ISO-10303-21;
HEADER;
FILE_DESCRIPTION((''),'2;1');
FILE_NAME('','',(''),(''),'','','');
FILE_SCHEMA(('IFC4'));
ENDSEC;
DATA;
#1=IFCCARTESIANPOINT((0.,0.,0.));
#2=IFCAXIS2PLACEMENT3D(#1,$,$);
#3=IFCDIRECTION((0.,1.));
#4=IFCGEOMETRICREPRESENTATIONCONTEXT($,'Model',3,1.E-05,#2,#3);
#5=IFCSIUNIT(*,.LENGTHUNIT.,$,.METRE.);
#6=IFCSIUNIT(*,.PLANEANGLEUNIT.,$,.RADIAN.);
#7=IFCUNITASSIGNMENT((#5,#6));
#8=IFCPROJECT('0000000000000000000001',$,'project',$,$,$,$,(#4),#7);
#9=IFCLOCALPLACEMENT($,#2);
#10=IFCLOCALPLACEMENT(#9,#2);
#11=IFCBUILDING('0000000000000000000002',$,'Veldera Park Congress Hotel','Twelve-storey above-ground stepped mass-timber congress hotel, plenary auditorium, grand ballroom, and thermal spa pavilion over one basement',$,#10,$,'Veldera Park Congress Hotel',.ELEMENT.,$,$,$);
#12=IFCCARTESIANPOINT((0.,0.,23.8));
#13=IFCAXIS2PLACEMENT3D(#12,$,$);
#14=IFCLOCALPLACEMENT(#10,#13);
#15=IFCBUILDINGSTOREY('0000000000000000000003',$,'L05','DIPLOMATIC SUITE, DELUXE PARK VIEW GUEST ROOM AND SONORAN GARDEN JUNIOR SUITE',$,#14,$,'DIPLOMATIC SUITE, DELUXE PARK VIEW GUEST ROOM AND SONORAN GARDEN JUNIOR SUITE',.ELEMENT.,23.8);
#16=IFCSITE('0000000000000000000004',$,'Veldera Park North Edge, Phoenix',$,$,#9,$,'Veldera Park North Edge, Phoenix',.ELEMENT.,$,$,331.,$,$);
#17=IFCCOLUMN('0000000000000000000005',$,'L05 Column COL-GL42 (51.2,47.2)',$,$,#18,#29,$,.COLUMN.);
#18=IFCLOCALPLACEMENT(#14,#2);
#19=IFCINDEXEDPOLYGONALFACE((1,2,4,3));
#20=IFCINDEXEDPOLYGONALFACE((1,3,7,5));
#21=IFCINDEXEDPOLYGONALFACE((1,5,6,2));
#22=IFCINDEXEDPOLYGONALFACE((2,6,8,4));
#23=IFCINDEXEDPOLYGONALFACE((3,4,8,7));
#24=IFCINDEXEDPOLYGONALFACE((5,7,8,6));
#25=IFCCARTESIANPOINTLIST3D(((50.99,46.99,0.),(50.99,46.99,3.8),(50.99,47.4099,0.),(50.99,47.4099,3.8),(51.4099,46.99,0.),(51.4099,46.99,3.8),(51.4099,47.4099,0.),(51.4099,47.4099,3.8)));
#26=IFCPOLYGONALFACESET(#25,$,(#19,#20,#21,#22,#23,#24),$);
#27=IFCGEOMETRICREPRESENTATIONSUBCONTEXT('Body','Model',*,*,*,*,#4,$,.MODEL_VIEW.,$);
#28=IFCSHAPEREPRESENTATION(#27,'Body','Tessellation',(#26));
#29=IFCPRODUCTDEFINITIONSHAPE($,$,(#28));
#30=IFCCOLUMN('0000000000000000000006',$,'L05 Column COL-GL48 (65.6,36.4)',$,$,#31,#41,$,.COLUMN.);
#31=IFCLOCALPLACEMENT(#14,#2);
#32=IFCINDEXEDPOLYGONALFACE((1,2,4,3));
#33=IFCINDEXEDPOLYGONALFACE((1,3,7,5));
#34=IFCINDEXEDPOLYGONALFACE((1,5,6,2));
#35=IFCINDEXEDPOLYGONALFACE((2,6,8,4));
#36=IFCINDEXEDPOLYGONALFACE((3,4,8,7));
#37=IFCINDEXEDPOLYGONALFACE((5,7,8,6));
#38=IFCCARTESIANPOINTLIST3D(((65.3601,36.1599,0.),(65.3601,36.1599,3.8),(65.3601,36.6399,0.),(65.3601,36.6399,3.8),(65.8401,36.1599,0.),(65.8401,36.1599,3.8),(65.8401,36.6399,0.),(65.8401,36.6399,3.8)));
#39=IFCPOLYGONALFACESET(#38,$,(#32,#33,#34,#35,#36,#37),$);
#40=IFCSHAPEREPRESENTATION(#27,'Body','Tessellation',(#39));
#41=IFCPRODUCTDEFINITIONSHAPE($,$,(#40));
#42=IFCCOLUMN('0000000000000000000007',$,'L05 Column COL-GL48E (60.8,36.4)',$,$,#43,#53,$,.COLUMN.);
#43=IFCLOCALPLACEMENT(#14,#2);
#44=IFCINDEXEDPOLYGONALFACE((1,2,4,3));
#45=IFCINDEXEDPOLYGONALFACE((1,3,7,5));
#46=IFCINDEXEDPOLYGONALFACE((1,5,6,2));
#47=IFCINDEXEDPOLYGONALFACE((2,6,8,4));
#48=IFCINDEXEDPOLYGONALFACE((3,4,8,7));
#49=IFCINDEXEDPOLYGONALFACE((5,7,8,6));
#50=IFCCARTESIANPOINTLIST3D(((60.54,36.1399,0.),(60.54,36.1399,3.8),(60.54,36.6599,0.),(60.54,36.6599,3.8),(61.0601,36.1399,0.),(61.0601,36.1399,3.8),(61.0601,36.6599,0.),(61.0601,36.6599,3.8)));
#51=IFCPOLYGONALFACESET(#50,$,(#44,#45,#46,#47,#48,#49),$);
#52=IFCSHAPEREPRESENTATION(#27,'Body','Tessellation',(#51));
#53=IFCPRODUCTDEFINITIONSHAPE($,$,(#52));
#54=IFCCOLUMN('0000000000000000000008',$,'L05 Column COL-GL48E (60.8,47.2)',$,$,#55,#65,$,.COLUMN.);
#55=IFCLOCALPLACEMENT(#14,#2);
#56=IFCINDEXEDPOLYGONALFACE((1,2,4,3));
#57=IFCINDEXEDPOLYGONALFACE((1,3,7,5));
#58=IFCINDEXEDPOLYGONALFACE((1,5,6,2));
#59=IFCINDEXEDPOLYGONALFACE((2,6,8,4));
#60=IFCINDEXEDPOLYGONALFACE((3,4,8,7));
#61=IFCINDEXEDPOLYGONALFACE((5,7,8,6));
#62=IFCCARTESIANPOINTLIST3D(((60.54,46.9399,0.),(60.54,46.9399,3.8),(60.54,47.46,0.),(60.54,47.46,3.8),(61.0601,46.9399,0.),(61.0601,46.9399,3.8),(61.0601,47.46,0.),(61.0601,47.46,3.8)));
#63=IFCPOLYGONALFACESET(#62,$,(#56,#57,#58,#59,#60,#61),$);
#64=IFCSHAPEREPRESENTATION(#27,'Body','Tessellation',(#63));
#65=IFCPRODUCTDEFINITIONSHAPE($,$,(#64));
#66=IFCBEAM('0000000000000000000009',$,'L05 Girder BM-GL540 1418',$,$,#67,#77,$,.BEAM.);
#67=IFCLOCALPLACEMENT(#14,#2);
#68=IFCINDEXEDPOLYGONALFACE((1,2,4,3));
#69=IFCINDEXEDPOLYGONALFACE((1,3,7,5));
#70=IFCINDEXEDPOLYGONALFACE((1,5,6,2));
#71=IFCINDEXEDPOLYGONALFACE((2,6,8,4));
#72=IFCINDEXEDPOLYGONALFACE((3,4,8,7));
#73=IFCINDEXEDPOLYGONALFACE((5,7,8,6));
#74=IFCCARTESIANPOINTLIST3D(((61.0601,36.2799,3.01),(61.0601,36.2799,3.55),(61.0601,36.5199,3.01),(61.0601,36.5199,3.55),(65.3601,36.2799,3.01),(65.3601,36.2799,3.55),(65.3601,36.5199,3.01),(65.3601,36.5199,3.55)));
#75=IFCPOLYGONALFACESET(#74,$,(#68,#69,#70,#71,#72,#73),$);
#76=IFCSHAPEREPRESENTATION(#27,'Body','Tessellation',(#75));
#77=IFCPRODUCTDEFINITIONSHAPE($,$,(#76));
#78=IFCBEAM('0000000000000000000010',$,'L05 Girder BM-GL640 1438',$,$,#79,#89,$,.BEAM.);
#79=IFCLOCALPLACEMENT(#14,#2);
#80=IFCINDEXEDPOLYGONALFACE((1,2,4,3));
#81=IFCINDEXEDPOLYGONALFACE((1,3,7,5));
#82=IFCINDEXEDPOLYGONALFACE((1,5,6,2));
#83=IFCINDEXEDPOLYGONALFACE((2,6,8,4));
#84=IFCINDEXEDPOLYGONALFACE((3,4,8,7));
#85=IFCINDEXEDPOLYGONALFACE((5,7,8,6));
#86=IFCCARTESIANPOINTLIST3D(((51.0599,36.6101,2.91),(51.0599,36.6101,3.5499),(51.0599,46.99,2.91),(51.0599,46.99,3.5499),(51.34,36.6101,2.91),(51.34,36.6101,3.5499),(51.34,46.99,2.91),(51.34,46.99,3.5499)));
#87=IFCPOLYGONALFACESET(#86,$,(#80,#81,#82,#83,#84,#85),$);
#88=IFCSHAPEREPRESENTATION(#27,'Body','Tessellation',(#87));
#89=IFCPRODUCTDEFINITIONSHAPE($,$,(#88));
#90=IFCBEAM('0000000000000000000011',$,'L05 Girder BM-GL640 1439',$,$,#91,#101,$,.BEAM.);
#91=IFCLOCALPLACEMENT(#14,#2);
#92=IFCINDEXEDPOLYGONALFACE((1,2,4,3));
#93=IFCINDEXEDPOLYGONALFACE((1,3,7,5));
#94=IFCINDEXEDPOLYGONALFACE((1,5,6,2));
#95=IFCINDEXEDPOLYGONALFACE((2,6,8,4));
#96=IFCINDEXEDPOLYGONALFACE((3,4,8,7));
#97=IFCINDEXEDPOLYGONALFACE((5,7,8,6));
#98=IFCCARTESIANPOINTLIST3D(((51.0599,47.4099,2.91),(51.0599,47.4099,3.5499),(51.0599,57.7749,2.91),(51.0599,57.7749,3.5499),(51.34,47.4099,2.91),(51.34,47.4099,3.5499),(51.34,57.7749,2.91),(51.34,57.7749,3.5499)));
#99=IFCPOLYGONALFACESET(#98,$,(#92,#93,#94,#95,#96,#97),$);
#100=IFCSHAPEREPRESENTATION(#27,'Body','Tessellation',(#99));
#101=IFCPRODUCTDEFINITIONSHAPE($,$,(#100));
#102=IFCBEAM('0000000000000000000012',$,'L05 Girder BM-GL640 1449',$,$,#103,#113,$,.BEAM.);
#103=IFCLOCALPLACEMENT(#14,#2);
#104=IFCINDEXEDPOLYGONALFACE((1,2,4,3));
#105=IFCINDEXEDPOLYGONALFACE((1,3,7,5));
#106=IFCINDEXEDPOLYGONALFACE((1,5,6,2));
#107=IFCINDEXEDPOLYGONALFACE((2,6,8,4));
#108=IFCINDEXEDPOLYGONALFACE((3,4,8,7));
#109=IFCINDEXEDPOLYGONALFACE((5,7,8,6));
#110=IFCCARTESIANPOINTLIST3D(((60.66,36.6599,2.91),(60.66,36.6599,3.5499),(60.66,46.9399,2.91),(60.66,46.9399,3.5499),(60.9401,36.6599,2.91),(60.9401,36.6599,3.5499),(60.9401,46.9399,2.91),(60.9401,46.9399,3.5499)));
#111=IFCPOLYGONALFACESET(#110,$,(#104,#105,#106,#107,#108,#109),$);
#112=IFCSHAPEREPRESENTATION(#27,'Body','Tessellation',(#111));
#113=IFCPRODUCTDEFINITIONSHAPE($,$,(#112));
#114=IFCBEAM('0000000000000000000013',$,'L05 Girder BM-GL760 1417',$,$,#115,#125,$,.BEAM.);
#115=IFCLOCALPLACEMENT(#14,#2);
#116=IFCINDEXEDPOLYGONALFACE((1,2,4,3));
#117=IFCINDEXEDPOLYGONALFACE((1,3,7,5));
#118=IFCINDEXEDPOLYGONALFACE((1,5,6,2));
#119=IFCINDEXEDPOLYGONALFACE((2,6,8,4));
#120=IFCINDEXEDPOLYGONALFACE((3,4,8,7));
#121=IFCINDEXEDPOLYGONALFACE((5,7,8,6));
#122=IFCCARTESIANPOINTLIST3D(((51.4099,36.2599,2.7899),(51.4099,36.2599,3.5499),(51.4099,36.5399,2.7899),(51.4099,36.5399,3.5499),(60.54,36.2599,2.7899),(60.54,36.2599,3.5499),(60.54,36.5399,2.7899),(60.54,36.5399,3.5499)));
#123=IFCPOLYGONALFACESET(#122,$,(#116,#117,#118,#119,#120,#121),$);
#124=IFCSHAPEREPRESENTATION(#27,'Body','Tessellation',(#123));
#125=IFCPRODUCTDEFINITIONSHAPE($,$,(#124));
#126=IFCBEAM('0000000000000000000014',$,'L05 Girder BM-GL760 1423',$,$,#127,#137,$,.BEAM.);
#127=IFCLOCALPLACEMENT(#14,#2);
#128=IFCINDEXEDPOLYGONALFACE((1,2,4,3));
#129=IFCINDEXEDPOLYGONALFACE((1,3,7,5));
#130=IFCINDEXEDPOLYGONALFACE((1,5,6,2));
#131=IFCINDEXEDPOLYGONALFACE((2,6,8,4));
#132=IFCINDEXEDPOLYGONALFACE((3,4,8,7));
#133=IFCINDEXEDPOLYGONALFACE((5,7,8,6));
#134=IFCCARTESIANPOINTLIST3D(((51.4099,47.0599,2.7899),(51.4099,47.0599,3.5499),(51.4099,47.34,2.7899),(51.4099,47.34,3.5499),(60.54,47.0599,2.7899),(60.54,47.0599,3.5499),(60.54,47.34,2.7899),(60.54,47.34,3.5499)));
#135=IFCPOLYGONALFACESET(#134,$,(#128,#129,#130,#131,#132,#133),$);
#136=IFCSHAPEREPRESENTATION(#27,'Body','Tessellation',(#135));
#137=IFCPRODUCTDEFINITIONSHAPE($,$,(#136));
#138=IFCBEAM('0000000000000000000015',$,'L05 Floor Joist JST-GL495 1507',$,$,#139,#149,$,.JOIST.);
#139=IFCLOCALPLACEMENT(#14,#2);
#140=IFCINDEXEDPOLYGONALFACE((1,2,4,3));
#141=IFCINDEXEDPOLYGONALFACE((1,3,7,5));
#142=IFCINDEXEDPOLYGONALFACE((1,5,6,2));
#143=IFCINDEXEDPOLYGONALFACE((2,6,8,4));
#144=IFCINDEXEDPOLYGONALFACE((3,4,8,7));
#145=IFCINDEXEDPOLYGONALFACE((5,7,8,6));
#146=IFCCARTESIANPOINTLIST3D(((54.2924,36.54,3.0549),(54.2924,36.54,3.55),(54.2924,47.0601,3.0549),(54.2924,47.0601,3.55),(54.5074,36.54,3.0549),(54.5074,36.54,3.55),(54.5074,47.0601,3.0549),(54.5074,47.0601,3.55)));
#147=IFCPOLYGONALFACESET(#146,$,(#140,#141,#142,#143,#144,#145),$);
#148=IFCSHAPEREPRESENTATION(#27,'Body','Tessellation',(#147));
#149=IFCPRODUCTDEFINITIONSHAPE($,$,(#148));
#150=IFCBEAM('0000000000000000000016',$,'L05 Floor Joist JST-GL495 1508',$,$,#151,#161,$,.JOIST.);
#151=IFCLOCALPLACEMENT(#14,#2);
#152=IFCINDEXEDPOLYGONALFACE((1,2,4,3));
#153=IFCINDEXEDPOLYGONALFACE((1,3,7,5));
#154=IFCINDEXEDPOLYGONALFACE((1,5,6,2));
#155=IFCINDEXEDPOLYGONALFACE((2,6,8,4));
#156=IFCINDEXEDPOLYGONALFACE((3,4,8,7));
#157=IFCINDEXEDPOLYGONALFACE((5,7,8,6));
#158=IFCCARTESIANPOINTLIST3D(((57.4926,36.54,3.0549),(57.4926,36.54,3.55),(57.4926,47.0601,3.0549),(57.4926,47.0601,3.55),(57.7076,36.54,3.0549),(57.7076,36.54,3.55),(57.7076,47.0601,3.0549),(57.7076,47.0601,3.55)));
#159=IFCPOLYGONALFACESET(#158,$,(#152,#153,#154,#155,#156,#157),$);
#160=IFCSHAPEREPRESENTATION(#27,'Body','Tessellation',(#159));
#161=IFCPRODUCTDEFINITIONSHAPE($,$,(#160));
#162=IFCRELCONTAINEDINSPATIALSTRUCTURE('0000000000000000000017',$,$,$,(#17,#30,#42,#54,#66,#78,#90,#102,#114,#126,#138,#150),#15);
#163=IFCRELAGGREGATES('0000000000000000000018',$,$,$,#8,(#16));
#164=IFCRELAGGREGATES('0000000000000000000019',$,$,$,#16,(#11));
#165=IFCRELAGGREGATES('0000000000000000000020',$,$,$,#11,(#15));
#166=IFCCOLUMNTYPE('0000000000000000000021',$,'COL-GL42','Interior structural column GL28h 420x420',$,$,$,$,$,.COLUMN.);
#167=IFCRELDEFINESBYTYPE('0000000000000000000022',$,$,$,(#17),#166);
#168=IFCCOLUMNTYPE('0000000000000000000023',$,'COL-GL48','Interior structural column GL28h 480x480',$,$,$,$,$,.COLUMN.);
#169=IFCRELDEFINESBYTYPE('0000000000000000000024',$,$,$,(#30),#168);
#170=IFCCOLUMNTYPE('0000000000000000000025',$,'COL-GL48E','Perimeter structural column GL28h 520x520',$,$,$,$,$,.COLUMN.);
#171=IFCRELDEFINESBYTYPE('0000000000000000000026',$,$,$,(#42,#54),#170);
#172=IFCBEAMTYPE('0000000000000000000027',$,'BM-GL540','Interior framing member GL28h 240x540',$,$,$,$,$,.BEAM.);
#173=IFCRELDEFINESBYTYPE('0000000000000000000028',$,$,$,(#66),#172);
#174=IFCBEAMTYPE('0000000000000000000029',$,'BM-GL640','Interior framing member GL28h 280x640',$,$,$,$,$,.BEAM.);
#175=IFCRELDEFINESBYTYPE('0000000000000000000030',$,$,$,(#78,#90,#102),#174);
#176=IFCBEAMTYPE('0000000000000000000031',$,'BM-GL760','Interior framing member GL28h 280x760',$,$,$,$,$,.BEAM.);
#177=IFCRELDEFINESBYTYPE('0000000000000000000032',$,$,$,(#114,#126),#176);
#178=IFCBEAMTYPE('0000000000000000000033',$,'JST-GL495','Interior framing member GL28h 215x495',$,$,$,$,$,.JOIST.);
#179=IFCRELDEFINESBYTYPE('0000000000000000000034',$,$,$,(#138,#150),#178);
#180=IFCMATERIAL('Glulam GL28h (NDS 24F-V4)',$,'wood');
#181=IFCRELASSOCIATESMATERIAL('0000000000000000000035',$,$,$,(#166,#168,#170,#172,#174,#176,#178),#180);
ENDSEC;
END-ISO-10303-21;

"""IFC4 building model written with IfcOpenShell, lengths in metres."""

from ifc_helpers import new_model, si_unit, direction, frame, origin, origin_2d, place, context, subcontext, project, spatial, rectangle, extrude, material, material_profile, profile_set, type_object, element, save


model = new_model("IFC4")

# Units and contexts
model_context = context("Model", 3, precision=1e-05, world=origin(), true_north=direction((0.0, 1.0)))
body_context = subcontext(model_context, "Body", "Model", "MODEL_VIEW")
ifc_project = project(units=[si_unit("LENGTHUNIT", "METRE"), si_unit("PLANEANGLEUNIT", "RADIAN")], contexts=[model_context])

# Site, building, storey
site_placement = place(None, origin())
site = spatial("IfcSite", under=ifc_project, at=site_placement, Name="Veldera Park North Edge, Phoenix", LongName="Veldera Park North Edge, Phoenix", CompositionType="ELEMENT", RefElevation=331.0)
building_placement = place(site_placement, origin())
building = spatial("IfcBuilding", under=site, at=building_placement, Name="Veldera Park Congress Hotel", Description="Twelve-storey above-ground stepped mass-timber congress hotel, plenary auditorium, grand ballroom, and thermal spa pavilion over one basement", LongName="Veldera Park Congress Hotel", CompositionType="ELEMENT")
storey_placement = place(building_placement, frame((0.0, 0.0, 23.8)))
storey = spatial("IfcBuildingStorey", under=building, at=storey_placement, Name="L05", Description="DIPLOMATIC SUITE, DELUXE PARK VIEW GUEST ROOM AND SONORAN GARDEN JUNIOR SUITE", LongName="DIPLOMATIC SUITE, DELUXE PARK VIEW GUEST ROOM AND SONORAN GARDEN JUNIOR SUITE", CompositionType="ELEMENT", Elevation=23.8)

# Columns
ifc_material_1 = material(Name="Glulam GL28h (NDS 24F-V4)", Category="wood")
ifc_material_profile_1 = material_profile(ifc_material_1, rectangle(XDim=0.4199, YDim=0.4199, at=origin_2d()), Name="GL28h 420x420")
ifc_profile_set_1 = profile_set([ifc_material_profile_1], Name="Glulam GL28h (NDS 24F-V4)")
column_type_1 = type_object("IfcColumnType", Name="COL-GL42", Description="Interior structural column GL28h 420x420", PredefinedType="COLUMN", material=ifc_profile_set_1)
column_1_placement = place(storey_placement, frame((51.2, 47.2, 0.0), z_axis=(0.0, 0.0, 1.0), x_axis=(1.0, 0.0, 0.0)))
element("IfcColumn", 1, at=column_1_placement, inside=storey, type_object=column_type_1, Name="L05 Column COL-GL42 (51.2,47.2)", PredefinedType="COLUMN", context=body_context, shape_type="SweptSolid", body=[
    extrude(rectangle(XDim=0.4199, YDim=0.4199, at=origin_2d()), origin(), (0.0, 0.0, 1.0), 3.8),
])
ifc_material_profile_2 = material_profile(ifc_material_1, rectangle(XDim=0.48, YDim=0.48, at=origin_2d()), Name="GL28h 480x480")
ifc_profile_set_2 = profile_set([ifc_material_profile_2], Name="Glulam GL28h (NDS 24F-V4)")
column_type_2 = type_object("IfcColumnType", Name="COL-GL48", Description="Interior structural column GL28h 480x480", PredefinedType="COLUMN", material=ifc_profile_set_2)
column_2_placement = place(storey_placement, frame((65.6001, 36.3999, 0.0), z_axis=(0.0, 0.0, 1.0), x_axis=(1.0, 0.0, 0.0)))
element("IfcColumn", 2, at=column_2_placement, inside=storey, type_object=column_type_2, Name="L05 Column COL-GL48 (65.6,36.4)", PredefinedType="COLUMN", context=body_context, shape_type="SweptSolid", body=[
    extrude(rectangle(XDim=0.48, YDim=0.48, at=origin_2d()), origin(), (0.0, 0.0, 1.0), 3.8),
])
ifc_material_profile_3 = material_profile(ifc_material_1, rectangle(XDim=0.52, YDim=0.52, at=origin_2d()), Name="GL28h 520x520")
ifc_profile_set_3 = profile_set([ifc_material_profile_3], Name="Glulam GL28h (NDS 24F-V4)")
column_type_3 = type_object("IfcColumnType", Name="COL-GL48E", Description="Perimeter structural column GL28h 520x520", PredefinedType="COLUMN", material=ifc_profile_set_3)
for number, where, z_axis, x_axis, name in (
    (3, (60.8, 36.3999, 0.0), (0.0, 0.0, 1.0), (1.0, 0.0, 0.0), "L05 Column COL-GL48E (60.8,36.4)"),
    (4, (60.8, 47.2, 0.0), (0.0, 0.0, 1.0), (1.0, 0.0, 0.0), "L05 Column COL-GL48E (60.8,47.2)"),
):
    element("IfcColumn", number, at=place(storey_placement, frame(where, z_axis=z_axis, x_axis=x_axis)), inside=storey, type_object=column_type_3, Name=name, PredefinedType="COLUMN", context=body_context, shape_type="SweptSolid", body=[
        extrude(rectangle(XDim=0.52, YDim=0.52, at=origin_2d()), origin(), (0.0, 0.0, 1.0), 3.8),
    ])

# Beams
ifc_material_profile_4 = material_profile(ifc_material_1, rectangle(XDim=0.24, YDim=0.54, at=origin_2d()), Name="GL28h 240x540")
ifc_profile_set_4 = profile_set([ifc_material_profile_4], Name="Glulam GL28h (NDS 24F-V4)")
beam_type_1 = type_object("IfcBeamType", Name="BM-GL540", Description="Interior framing member GL28h 240x540", PredefinedType="BEAM", material=ifc_profile_set_4)
beam_1_placement = place(storey_placement, frame((61.0601, 36.3999, 3.28), z_axis=(1.0, 0.0, 0.0), x_axis=(0.0, 1.0, 0.0)))
element("IfcBeam", 5, at=beam_1_placement, inside=storey, type_object=beam_type_1, Name="L05 Girder BM-GL540 1418", PredefinedType="BEAM", context=body_context, shape_type="SweptSolid", body=[
    extrude(rectangle(XDim=0.24, YDim=0.54, at=origin_2d()), origin(), (0.0, 0.0, 1.0), 4.3),
])
ifc_material_profile_5 = material_profile(ifc_material_1, rectangle(XDim=0.28, YDim=0.6399, at=origin_2d()), Name="GL28h 280x640")
ifc_profile_set_5 = profile_set([ifc_material_profile_5], Name="Glulam GL28h (NDS 24F-V4)")
beam_type_2 = type_object("IfcBeamType", Name="BM-GL640", Description="Interior framing member GL28h 280x640", PredefinedType="BEAM", material=ifc_profile_set_5)
beam_2_placement = place(storey_placement, frame((51.2, 36.6101, 3.23), z_axis=(0.0, 1.0, 0.0), x_axis=(-1.0, 0.0, 0.0)))
element("IfcBeam", 6, at=beam_2_placement, inside=storey, type_object=beam_type_2, Name="L05 Girder BM-GL640 1438", PredefinedType="BEAM", context=body_context, shape_type="SweptSolid", body=[
    extrude(rectangle(XDim=0.28, YDim=0.6399, at=origin_2d()), origin(), (0.0, 0.0, 1.0), 10.3799),
])
beam_3_placement = place(storey_placement, frame((51.2, 47.4099, 3.23), z_axis=(0.0, 1.0, 0.0), x_axis=(-1.0, 0.0, 0.0)))
element("IfcBeam", 7, at=beam_3_placement, inside=storey, type_object=beam_type_2, Name="L05 Girder BM-GL640 1439", PredefinedType="BEAM", context=body_context, shape_type="SweptSolid", body=[
    extrude(rectangle(XDim=0.28, YDim=0.6399, at=origin_2d()), origin(), (0.0, 0.0, 1.0), 10.365),
])
beam_4_placement = place(storey_placement, frame((60.8, 36.6599, 3.23), z_axis=(0.0, 1.0, 0.0), x_axis=(-1.0, 0.0, 0.0)))
element("IfcBeam", 8, at=beam_4_placement, inside=storey, type_object=beam_type_2, Name="L05 Girder BM-GL640 1449", PredefinedType="BEAM", context=body_context, shape_type="SweptSolid", body=[
    extrude(rectangle(XDim=0.28, YDim=0.6399, at=origin_2d()), origin(), (0.0, 0.0, 1.0), 10.28),
])
ifc_material_profile_6 = material_profile(ifc_material_1, rectangle(XDim=0.28, YDim=0.76, at=origin_2d()), Name="GL28h 280x760")
ifc_profile_set_6 = profile_set([ifc_material_profile_6], Name="Glulam GL28h (NDS 24F-V4)")
beam_type_3 = type_object("IfcBeamType", Name="BM-GL760", Description="Interior framing member GL28h 280x760", PredefinedType="BEAM", material=ifc_profile_set_6)
for number, where, z_axis, x_axis, name in (
    (9, (51.4099, 36.3999, 3.1699), (1.0, 0.0, 0.0), (0.0, 1.0, 0.0), "L05 Girder BM-GL760 1417"),
    (10, (51.4099, 47.2, 3.1699), (1.0, 0.0, 0.0), (0.0, 1.0, 0.0), "L05 Girder BM-GL760 1423"),
):
    element("IfcBeam", number, at=place(storey_placement, frame(where, z_axis=z_axis, x_axis=x_axis)), inside=storey, type_object=beam_type_3, Name=name, PredefinedType="BEAM", context=body_context, shape_type="SweptSolid", body=[
        extrude(rectangle(XDim=0.28, YDim=0.76, at=origin_2d()), origin(), (0.0, 0.0, 1.0), 9.1301),
    ])
ifc_material_profile_7 = material_profile(ifc_material_1, rectangle(XDim=0.2151, YDim=0.4951, at=origin_2d()), Name="GL28h 215x495")
ifc_profile_set_7 = profile_set([ifc_material_profile_7], Name="Glulam GL28h (NDS 24F-V4)")
beam_type_4 = type_object("IfcBeamType", Name="JST-GL495", Description="Interior framing member GL28h 215x495", PredefinedType="JOIST", material=ifc_profile_set_7)
for number, where, z_axis, x_axis, name in (
    (11, (54.3999, 36.54, 3.3025), (0.0, 1.0, 0.0), (-1.0, 0.0, 0.0), "L05 Floor Joist JST-GL495 1507"),
    (12, (57.6001, 36.54, 3.3025), (0.0, 1.0, 0.0), (-1.0, 0.0, 0.0), "L05 Floor Joist JST-GL495 1508"),
):
    element("IfcBeam", number, at=place(storey_placement, frame(where, z_axis=z_axis, x_axis=x_axis)), inside=storey, type_object=beam_type_4, Name=name, PredefinedType="JOIST", context=body_context, shape_type="SweptSolid", body=[
        extrude(rectangle(XDim=0.2151, YDim=0.4951, at=origin_2d()), origin(), (0.0, 0.0, 1.0), 10.52),
    ])

save(model, "model.ifc")
